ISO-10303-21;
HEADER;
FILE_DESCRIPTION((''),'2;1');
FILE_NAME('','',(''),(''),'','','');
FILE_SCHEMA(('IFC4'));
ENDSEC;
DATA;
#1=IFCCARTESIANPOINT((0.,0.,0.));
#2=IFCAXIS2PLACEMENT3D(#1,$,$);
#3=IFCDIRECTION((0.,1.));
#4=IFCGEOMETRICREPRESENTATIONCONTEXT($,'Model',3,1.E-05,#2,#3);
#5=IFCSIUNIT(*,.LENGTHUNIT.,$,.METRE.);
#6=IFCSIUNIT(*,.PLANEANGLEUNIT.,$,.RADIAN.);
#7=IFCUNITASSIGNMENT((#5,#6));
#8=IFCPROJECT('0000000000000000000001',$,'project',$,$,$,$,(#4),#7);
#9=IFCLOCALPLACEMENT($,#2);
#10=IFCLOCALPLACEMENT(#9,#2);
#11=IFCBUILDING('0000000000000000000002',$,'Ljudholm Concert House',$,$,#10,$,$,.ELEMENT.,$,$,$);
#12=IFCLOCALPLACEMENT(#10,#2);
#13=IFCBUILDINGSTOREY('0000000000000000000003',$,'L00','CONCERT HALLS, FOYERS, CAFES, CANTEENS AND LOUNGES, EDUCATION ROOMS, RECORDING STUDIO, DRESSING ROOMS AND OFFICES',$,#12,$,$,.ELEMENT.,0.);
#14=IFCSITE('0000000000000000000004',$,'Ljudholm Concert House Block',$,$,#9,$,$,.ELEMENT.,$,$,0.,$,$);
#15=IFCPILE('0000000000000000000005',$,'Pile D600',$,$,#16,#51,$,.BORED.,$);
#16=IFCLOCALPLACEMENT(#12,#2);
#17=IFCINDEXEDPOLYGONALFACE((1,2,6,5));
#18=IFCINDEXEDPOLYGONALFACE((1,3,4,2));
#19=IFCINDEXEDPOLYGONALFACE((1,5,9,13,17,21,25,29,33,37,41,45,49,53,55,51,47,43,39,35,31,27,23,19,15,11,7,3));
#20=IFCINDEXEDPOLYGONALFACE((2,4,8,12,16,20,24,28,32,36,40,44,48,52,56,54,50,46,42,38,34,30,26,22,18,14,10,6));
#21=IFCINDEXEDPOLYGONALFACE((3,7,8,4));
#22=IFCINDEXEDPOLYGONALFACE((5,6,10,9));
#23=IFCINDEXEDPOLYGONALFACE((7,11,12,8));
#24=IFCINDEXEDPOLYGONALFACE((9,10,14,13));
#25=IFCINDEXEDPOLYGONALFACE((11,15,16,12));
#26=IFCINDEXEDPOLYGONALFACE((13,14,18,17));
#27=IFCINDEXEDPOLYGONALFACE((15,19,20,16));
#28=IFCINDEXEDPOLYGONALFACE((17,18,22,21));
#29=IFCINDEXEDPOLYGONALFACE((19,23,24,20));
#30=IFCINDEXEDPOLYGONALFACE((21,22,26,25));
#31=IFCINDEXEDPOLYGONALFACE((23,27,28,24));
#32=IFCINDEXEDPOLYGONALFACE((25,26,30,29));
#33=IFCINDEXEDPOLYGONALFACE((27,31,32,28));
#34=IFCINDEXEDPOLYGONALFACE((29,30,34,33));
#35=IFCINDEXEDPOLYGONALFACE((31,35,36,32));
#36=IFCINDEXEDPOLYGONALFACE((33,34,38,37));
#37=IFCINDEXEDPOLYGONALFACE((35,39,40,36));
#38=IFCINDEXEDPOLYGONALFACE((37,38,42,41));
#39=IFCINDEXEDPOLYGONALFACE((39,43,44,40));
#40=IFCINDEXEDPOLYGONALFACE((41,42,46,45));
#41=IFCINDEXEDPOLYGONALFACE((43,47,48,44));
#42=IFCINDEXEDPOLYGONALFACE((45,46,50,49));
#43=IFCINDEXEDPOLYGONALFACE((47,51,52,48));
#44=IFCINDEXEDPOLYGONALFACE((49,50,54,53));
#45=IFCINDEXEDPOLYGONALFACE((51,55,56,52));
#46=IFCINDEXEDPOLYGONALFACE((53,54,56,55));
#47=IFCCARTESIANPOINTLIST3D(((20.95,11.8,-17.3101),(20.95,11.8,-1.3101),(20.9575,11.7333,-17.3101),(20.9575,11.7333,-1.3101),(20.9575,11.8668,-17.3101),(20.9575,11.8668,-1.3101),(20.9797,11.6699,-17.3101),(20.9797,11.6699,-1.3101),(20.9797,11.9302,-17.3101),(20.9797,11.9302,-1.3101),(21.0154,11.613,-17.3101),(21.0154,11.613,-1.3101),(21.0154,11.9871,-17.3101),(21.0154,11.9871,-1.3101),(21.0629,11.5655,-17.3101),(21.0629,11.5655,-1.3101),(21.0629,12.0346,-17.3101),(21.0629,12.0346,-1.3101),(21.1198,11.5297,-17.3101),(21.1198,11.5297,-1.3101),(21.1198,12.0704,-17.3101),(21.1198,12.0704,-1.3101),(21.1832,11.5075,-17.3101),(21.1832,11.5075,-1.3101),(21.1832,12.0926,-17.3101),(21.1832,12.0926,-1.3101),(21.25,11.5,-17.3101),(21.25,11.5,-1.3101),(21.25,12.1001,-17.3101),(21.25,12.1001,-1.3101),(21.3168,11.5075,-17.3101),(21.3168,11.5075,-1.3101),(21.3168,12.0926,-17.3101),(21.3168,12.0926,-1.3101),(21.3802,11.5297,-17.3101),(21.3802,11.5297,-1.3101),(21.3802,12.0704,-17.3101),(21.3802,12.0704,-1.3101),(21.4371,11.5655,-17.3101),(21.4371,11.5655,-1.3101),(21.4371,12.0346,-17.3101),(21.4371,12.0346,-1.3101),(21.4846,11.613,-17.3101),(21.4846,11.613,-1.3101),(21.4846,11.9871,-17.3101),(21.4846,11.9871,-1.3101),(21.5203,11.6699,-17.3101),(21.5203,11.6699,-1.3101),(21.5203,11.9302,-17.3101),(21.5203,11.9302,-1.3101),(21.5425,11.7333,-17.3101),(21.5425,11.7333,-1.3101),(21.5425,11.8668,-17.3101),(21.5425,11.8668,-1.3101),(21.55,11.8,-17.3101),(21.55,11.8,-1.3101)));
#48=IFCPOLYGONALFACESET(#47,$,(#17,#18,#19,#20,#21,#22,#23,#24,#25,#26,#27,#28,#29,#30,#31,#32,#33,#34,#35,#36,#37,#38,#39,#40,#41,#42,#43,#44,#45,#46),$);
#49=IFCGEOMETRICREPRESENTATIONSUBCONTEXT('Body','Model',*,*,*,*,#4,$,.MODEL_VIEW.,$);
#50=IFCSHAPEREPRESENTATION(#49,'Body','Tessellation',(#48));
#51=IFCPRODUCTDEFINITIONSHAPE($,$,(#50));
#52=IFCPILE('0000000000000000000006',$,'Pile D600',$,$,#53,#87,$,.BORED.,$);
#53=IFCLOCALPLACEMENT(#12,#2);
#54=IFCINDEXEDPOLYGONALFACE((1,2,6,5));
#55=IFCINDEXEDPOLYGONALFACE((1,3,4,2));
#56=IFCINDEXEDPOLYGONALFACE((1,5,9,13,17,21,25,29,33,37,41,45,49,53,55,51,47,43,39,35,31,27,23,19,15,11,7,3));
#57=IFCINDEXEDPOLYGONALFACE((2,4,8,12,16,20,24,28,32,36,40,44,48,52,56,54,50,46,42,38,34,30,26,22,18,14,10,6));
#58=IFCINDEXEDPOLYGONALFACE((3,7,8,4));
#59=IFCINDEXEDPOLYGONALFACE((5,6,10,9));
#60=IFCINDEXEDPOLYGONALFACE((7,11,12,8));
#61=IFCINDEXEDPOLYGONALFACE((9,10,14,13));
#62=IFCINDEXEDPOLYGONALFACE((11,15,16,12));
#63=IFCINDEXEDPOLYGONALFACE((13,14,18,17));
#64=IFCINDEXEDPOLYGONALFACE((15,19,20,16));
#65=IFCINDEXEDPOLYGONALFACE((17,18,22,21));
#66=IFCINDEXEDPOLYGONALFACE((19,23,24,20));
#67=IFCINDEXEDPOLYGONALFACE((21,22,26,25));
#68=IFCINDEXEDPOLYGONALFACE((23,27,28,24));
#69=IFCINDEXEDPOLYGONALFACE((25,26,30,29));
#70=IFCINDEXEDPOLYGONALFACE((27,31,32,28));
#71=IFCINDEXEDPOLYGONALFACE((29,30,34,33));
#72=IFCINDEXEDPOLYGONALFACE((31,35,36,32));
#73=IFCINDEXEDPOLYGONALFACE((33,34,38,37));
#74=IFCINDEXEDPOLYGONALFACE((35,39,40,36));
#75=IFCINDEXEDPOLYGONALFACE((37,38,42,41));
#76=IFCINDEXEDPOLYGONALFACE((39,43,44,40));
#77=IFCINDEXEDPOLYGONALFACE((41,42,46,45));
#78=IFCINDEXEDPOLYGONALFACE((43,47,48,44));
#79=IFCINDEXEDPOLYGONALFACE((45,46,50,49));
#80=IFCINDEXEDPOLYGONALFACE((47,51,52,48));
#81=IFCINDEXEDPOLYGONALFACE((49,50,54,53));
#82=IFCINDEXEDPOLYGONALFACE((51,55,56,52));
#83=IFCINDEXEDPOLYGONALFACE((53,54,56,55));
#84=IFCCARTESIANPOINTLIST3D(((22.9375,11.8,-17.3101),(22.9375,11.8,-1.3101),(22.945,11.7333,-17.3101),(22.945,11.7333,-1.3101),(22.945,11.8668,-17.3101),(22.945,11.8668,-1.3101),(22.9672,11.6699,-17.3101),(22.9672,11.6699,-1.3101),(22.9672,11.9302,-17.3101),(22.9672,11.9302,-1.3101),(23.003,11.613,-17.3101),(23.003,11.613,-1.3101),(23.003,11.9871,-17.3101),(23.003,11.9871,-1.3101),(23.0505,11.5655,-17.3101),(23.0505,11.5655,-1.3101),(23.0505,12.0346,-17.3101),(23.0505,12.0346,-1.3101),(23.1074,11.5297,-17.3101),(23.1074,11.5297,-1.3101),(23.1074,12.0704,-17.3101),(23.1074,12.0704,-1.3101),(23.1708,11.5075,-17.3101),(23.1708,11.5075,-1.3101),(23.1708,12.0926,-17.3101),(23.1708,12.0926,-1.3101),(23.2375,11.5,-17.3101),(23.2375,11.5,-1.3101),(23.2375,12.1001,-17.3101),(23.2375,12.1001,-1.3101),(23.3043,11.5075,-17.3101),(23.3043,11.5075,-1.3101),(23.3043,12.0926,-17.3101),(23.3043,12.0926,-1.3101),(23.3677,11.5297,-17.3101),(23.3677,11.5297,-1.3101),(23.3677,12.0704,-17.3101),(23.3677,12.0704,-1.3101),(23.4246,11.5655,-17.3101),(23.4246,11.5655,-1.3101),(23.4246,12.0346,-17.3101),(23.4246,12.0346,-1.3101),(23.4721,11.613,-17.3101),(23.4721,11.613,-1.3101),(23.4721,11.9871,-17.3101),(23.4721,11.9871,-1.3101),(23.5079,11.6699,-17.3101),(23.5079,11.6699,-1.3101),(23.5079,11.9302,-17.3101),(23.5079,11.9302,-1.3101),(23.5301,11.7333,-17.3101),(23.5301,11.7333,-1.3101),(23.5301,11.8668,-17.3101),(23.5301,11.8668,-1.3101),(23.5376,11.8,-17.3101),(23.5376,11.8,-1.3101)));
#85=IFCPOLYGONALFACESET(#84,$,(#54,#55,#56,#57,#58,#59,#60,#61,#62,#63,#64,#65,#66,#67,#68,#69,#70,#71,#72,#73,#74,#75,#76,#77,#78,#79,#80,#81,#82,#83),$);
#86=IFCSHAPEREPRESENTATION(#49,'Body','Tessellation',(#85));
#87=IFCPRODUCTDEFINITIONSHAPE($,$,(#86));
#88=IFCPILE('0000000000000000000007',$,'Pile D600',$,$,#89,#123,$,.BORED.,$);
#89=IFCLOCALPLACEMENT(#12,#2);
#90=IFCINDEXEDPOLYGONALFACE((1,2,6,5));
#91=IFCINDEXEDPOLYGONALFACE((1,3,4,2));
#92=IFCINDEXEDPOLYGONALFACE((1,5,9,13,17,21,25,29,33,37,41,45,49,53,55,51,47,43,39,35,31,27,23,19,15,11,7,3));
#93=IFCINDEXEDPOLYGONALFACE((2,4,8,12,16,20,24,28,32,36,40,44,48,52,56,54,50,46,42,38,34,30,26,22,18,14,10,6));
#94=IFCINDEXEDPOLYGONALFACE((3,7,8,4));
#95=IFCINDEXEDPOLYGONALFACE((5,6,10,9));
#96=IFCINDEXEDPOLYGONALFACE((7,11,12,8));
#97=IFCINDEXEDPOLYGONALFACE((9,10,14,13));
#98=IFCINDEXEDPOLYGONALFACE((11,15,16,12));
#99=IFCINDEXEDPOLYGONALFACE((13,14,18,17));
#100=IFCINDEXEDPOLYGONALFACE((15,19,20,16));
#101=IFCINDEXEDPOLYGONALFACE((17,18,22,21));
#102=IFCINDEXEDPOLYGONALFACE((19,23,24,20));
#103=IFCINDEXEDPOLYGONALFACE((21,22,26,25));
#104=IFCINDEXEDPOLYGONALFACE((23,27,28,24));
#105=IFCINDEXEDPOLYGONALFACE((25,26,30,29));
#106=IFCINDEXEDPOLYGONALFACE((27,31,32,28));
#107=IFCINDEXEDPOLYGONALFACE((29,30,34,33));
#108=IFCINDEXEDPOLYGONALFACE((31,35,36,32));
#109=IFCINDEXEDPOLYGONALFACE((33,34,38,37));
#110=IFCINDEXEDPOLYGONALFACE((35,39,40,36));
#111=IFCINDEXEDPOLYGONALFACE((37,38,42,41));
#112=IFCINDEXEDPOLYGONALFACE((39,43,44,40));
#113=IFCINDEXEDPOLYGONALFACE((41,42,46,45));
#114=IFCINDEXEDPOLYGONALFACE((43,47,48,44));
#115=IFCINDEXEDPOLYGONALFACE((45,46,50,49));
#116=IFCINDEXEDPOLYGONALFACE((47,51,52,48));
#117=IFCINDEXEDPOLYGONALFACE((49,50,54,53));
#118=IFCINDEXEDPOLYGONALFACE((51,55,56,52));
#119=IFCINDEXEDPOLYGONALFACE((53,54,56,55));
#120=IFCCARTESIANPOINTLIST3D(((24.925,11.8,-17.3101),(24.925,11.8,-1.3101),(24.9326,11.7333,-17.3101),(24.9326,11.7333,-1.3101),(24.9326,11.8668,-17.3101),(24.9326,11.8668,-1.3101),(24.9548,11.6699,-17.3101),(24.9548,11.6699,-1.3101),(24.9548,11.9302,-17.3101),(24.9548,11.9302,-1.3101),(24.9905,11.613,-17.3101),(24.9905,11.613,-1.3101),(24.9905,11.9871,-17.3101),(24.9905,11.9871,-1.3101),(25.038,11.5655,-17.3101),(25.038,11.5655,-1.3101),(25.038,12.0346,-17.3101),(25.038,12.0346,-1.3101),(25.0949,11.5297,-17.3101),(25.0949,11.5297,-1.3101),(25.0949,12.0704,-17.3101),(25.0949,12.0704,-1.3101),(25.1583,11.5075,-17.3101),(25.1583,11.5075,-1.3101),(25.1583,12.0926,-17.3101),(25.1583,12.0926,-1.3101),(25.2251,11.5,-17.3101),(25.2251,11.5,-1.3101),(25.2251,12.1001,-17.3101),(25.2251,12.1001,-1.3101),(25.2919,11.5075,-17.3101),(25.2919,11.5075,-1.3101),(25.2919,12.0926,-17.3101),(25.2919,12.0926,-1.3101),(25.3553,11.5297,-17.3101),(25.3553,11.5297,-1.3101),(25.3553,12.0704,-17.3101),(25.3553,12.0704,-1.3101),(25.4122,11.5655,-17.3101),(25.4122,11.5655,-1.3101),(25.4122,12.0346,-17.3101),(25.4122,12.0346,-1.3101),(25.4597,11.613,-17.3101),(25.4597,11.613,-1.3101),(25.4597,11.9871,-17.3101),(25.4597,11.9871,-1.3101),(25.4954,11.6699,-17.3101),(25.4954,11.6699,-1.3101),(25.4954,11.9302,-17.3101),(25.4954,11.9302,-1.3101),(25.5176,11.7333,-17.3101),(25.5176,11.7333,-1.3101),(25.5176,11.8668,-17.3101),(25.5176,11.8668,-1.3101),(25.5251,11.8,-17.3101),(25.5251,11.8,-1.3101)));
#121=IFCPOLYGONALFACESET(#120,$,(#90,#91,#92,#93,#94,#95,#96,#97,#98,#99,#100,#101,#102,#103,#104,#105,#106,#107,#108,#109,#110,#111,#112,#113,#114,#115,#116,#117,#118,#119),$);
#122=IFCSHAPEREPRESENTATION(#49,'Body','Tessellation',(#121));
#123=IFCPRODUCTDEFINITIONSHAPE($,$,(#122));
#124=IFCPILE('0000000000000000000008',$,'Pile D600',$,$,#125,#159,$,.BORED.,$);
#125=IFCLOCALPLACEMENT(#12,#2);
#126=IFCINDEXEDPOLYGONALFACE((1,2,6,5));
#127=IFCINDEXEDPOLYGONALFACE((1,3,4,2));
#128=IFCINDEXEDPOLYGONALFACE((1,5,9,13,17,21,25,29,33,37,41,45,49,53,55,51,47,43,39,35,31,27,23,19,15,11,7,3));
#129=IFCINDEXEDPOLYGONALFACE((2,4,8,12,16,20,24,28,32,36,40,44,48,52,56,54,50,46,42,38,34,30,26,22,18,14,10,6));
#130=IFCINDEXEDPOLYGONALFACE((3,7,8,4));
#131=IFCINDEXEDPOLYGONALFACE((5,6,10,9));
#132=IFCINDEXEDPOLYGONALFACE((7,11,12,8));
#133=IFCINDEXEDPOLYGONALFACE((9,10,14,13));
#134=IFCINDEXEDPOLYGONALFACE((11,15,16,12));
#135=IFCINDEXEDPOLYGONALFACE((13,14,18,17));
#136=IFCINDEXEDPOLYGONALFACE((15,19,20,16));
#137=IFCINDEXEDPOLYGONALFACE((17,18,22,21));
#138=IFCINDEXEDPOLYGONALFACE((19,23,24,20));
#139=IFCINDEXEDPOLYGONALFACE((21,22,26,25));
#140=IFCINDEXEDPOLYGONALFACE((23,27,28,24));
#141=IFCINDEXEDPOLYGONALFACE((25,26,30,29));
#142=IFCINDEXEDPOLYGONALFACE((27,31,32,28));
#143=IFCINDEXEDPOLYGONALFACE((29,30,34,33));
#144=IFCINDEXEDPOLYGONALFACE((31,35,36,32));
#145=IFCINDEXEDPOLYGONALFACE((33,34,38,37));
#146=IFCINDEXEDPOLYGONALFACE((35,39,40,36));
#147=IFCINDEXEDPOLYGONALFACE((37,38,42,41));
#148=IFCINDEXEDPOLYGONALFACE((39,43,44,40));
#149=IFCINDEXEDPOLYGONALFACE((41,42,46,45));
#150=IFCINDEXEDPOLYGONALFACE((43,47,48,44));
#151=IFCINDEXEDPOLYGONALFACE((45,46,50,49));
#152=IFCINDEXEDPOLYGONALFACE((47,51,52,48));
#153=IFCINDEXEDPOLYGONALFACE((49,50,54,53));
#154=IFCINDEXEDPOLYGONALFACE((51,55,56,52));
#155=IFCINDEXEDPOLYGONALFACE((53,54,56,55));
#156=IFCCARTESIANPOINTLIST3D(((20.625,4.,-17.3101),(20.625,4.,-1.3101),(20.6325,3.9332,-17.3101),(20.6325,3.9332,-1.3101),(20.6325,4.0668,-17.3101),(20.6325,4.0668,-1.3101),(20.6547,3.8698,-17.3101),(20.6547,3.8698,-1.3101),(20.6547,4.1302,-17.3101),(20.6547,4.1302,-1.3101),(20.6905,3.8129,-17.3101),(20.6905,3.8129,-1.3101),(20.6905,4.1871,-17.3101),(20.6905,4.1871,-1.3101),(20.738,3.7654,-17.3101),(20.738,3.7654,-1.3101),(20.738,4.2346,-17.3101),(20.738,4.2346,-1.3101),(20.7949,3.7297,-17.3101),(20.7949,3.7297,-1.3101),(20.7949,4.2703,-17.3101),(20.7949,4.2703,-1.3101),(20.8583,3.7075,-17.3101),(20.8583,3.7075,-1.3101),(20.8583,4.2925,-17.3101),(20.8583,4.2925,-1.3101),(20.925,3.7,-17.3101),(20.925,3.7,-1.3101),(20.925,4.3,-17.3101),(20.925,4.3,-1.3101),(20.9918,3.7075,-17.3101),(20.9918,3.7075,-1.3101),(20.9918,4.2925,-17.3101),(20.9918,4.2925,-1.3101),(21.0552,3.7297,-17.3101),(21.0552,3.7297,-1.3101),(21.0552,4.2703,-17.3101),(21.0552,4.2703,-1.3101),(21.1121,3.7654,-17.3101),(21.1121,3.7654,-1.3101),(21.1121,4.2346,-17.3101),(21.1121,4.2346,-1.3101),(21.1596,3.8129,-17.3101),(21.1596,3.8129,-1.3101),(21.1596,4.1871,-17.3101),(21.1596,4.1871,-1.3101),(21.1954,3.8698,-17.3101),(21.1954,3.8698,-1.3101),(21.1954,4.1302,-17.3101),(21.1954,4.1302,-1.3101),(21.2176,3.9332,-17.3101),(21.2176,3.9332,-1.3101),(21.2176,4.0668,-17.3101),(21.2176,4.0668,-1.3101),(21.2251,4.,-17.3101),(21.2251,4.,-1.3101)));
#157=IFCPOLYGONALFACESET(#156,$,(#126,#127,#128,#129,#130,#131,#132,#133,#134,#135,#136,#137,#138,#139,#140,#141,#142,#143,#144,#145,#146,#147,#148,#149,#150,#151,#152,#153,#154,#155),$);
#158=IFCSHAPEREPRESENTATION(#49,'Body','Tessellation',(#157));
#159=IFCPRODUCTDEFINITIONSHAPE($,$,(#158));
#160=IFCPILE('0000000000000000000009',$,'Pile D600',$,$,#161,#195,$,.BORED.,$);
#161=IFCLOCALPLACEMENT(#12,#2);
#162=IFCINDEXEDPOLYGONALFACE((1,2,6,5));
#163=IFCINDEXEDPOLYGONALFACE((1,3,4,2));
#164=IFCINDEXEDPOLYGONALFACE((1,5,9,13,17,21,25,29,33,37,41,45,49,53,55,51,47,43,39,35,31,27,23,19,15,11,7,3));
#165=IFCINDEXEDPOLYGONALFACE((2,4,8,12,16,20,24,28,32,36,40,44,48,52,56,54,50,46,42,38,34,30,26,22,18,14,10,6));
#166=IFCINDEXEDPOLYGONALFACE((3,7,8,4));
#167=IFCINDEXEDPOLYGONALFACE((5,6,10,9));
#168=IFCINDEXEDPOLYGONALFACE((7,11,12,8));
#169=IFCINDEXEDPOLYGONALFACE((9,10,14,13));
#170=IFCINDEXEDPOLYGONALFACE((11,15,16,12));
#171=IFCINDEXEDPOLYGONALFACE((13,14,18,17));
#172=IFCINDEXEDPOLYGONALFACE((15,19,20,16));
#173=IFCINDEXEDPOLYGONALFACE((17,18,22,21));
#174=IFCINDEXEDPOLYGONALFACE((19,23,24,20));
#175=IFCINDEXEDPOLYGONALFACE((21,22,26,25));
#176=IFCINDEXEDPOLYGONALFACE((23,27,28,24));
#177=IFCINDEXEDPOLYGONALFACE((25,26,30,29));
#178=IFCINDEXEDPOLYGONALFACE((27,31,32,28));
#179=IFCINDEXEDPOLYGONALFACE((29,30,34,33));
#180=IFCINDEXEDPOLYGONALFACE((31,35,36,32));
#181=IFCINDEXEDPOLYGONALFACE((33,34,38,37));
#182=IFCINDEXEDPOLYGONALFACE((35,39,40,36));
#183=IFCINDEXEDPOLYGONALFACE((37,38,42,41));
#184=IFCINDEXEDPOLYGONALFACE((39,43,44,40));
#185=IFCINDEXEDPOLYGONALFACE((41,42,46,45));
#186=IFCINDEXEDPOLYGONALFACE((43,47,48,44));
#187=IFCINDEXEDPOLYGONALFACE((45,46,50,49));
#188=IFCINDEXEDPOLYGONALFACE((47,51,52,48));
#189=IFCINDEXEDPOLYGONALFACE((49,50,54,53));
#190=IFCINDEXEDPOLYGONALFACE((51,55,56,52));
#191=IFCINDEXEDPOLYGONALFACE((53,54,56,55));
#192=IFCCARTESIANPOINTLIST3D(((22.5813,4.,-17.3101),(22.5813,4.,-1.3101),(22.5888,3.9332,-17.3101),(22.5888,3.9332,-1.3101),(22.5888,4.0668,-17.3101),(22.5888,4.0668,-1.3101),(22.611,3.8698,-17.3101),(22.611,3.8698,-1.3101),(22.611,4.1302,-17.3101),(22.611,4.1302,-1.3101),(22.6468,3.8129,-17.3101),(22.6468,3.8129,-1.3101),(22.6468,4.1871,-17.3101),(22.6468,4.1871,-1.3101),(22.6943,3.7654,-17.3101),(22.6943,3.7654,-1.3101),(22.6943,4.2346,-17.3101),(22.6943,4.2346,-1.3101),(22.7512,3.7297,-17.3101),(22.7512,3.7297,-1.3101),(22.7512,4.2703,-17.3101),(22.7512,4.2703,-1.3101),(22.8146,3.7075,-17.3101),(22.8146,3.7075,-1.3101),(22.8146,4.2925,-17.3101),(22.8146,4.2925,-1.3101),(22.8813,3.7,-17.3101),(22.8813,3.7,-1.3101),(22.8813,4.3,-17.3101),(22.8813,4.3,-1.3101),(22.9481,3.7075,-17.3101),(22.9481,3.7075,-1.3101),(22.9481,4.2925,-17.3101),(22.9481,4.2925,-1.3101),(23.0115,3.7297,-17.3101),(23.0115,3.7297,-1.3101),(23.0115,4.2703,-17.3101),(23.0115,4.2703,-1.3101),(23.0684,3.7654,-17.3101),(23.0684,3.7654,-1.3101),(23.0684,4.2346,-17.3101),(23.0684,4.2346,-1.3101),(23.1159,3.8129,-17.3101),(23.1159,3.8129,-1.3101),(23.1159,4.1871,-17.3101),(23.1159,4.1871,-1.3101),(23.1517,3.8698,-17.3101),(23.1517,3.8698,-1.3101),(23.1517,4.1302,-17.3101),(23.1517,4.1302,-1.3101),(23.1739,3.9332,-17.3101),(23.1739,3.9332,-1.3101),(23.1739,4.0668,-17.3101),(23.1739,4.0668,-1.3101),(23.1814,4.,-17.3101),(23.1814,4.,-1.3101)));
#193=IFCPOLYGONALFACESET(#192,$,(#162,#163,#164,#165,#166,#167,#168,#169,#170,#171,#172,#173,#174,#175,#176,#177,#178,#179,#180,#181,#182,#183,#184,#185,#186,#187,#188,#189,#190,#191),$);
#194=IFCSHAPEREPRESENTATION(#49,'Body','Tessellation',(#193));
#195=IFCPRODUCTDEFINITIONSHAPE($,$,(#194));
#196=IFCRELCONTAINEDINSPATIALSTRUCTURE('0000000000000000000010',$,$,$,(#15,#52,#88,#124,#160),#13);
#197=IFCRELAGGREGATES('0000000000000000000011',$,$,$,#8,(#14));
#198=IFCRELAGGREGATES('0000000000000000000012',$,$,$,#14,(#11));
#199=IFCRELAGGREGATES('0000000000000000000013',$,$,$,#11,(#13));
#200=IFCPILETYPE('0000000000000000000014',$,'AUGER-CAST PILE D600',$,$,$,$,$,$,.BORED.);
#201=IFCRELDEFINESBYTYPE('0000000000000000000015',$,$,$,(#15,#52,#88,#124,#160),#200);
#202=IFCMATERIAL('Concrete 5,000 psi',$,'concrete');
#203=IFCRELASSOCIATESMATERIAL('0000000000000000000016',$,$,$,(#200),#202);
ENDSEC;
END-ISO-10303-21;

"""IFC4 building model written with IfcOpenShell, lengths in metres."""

from ifc_helpers import new_model, si_unit, direction, frame, origin, origin_2d, place, context, subcontext, project, spatial, circle, extrude, material, material_profile, profile_set, type_object, element, save


model = new_model("IFC4")

# Units and contexts
model_context = context("Model", 3, precision=1e-05, world=origin(), true_north=direction((0.0, 1.0)))
body_context = subcontext(model_context, "Body", "Model", "MODEL_VIEW")
ifc_project = project(units=[si_unit("LENGTHUNIT", "METRE"), si_unit("PLANEANGLEUNIT", "RADIAN")], contexts=[model_context])

# Site, building, storey
site_placement = place(None, origin())
site = spatial("IfcSite", under=ifc_project, at=site_placement, Name="Ljudholm Concert House Block", CompositionType="ELEMENT", RefElevation=0.0)
building_placement = place(site_placement, origin())
building = spatial("IfcBuilding", under=site, at=building_placement, Name="Ljudholm Concert House", CompositionType="ELEMENT")
storey_placement = place(building_placement, origin())
storey = spatial("IfcBuildingStorey", under=building, at=storey_placement, Name="L00", Description="CONCERT HALLS, FOYERS, CAFES, CANTEENS AND LOUNGES, EDUCATION ROOMS, RECORDING STUDIO, DRESSING ROOMS AND OFFICES", CompositionType="ELEMENT", Elevation=0.0)

# Piles
ifc_material_1 = material(Name="Concrete 5,000 psi", Category="concrete")
ifc_material_profile = material_profile(ifc_material_1, circle(Radius=0.3, at=origin_2d()), Name="AUGER-CAST PILE D600")
ifc_profile_set = profile_set([ifc_material_profile], Name="Concrete 5,000 psi")
pile_type = type_object("IfcPileType", Name="AUGER-CAST PILE D600", PredefinedType="BORED", material=ifc_profile_set)
for number, where, z_axis, x_axis, name in (
    (1, (21.25, 11.8, -1.3101), (0.0, 0.0, -1.0), (1.0, 0.0, 0.0), "Pile D600"),
    (2, (23.2375, 11.8, -1.3101), (0.0, 0.0, -1.0), (1.0, 0.0, 0.0), "Pile D600"),
    (3, (25.2251, 11.8, -1.3101), (0.0, 0.0, -1.0), (1.0, 0.0, 0.0), "Pile D600"),
    (4, (20.925, 4.0, -1.3101), (0.0, 0.0, -1.0), (1.0, 0.0, 0.0), "Pile D600"),
    (5, (22.8813, 4.0, -1.3101), (0.0, 0.0, -1.0), (1.0, 0.0, 0.0), "Pile D600"),
):
    element("IfcPile", number, at=place(storey_placement, frame(where, z_axis=z_axis, x_axis=x_axis)), inside=storey, type_object=pile_type, Name=name, PredefinedType="BORED", context=body_context, shape_type="SweptSolid", body=[
        extrude(circle(Radius=0.3, at=origin_2d()), origin(), (0.0, 0.0, 1.0), 16.0),
    ])

save(model, "model.ifc")
